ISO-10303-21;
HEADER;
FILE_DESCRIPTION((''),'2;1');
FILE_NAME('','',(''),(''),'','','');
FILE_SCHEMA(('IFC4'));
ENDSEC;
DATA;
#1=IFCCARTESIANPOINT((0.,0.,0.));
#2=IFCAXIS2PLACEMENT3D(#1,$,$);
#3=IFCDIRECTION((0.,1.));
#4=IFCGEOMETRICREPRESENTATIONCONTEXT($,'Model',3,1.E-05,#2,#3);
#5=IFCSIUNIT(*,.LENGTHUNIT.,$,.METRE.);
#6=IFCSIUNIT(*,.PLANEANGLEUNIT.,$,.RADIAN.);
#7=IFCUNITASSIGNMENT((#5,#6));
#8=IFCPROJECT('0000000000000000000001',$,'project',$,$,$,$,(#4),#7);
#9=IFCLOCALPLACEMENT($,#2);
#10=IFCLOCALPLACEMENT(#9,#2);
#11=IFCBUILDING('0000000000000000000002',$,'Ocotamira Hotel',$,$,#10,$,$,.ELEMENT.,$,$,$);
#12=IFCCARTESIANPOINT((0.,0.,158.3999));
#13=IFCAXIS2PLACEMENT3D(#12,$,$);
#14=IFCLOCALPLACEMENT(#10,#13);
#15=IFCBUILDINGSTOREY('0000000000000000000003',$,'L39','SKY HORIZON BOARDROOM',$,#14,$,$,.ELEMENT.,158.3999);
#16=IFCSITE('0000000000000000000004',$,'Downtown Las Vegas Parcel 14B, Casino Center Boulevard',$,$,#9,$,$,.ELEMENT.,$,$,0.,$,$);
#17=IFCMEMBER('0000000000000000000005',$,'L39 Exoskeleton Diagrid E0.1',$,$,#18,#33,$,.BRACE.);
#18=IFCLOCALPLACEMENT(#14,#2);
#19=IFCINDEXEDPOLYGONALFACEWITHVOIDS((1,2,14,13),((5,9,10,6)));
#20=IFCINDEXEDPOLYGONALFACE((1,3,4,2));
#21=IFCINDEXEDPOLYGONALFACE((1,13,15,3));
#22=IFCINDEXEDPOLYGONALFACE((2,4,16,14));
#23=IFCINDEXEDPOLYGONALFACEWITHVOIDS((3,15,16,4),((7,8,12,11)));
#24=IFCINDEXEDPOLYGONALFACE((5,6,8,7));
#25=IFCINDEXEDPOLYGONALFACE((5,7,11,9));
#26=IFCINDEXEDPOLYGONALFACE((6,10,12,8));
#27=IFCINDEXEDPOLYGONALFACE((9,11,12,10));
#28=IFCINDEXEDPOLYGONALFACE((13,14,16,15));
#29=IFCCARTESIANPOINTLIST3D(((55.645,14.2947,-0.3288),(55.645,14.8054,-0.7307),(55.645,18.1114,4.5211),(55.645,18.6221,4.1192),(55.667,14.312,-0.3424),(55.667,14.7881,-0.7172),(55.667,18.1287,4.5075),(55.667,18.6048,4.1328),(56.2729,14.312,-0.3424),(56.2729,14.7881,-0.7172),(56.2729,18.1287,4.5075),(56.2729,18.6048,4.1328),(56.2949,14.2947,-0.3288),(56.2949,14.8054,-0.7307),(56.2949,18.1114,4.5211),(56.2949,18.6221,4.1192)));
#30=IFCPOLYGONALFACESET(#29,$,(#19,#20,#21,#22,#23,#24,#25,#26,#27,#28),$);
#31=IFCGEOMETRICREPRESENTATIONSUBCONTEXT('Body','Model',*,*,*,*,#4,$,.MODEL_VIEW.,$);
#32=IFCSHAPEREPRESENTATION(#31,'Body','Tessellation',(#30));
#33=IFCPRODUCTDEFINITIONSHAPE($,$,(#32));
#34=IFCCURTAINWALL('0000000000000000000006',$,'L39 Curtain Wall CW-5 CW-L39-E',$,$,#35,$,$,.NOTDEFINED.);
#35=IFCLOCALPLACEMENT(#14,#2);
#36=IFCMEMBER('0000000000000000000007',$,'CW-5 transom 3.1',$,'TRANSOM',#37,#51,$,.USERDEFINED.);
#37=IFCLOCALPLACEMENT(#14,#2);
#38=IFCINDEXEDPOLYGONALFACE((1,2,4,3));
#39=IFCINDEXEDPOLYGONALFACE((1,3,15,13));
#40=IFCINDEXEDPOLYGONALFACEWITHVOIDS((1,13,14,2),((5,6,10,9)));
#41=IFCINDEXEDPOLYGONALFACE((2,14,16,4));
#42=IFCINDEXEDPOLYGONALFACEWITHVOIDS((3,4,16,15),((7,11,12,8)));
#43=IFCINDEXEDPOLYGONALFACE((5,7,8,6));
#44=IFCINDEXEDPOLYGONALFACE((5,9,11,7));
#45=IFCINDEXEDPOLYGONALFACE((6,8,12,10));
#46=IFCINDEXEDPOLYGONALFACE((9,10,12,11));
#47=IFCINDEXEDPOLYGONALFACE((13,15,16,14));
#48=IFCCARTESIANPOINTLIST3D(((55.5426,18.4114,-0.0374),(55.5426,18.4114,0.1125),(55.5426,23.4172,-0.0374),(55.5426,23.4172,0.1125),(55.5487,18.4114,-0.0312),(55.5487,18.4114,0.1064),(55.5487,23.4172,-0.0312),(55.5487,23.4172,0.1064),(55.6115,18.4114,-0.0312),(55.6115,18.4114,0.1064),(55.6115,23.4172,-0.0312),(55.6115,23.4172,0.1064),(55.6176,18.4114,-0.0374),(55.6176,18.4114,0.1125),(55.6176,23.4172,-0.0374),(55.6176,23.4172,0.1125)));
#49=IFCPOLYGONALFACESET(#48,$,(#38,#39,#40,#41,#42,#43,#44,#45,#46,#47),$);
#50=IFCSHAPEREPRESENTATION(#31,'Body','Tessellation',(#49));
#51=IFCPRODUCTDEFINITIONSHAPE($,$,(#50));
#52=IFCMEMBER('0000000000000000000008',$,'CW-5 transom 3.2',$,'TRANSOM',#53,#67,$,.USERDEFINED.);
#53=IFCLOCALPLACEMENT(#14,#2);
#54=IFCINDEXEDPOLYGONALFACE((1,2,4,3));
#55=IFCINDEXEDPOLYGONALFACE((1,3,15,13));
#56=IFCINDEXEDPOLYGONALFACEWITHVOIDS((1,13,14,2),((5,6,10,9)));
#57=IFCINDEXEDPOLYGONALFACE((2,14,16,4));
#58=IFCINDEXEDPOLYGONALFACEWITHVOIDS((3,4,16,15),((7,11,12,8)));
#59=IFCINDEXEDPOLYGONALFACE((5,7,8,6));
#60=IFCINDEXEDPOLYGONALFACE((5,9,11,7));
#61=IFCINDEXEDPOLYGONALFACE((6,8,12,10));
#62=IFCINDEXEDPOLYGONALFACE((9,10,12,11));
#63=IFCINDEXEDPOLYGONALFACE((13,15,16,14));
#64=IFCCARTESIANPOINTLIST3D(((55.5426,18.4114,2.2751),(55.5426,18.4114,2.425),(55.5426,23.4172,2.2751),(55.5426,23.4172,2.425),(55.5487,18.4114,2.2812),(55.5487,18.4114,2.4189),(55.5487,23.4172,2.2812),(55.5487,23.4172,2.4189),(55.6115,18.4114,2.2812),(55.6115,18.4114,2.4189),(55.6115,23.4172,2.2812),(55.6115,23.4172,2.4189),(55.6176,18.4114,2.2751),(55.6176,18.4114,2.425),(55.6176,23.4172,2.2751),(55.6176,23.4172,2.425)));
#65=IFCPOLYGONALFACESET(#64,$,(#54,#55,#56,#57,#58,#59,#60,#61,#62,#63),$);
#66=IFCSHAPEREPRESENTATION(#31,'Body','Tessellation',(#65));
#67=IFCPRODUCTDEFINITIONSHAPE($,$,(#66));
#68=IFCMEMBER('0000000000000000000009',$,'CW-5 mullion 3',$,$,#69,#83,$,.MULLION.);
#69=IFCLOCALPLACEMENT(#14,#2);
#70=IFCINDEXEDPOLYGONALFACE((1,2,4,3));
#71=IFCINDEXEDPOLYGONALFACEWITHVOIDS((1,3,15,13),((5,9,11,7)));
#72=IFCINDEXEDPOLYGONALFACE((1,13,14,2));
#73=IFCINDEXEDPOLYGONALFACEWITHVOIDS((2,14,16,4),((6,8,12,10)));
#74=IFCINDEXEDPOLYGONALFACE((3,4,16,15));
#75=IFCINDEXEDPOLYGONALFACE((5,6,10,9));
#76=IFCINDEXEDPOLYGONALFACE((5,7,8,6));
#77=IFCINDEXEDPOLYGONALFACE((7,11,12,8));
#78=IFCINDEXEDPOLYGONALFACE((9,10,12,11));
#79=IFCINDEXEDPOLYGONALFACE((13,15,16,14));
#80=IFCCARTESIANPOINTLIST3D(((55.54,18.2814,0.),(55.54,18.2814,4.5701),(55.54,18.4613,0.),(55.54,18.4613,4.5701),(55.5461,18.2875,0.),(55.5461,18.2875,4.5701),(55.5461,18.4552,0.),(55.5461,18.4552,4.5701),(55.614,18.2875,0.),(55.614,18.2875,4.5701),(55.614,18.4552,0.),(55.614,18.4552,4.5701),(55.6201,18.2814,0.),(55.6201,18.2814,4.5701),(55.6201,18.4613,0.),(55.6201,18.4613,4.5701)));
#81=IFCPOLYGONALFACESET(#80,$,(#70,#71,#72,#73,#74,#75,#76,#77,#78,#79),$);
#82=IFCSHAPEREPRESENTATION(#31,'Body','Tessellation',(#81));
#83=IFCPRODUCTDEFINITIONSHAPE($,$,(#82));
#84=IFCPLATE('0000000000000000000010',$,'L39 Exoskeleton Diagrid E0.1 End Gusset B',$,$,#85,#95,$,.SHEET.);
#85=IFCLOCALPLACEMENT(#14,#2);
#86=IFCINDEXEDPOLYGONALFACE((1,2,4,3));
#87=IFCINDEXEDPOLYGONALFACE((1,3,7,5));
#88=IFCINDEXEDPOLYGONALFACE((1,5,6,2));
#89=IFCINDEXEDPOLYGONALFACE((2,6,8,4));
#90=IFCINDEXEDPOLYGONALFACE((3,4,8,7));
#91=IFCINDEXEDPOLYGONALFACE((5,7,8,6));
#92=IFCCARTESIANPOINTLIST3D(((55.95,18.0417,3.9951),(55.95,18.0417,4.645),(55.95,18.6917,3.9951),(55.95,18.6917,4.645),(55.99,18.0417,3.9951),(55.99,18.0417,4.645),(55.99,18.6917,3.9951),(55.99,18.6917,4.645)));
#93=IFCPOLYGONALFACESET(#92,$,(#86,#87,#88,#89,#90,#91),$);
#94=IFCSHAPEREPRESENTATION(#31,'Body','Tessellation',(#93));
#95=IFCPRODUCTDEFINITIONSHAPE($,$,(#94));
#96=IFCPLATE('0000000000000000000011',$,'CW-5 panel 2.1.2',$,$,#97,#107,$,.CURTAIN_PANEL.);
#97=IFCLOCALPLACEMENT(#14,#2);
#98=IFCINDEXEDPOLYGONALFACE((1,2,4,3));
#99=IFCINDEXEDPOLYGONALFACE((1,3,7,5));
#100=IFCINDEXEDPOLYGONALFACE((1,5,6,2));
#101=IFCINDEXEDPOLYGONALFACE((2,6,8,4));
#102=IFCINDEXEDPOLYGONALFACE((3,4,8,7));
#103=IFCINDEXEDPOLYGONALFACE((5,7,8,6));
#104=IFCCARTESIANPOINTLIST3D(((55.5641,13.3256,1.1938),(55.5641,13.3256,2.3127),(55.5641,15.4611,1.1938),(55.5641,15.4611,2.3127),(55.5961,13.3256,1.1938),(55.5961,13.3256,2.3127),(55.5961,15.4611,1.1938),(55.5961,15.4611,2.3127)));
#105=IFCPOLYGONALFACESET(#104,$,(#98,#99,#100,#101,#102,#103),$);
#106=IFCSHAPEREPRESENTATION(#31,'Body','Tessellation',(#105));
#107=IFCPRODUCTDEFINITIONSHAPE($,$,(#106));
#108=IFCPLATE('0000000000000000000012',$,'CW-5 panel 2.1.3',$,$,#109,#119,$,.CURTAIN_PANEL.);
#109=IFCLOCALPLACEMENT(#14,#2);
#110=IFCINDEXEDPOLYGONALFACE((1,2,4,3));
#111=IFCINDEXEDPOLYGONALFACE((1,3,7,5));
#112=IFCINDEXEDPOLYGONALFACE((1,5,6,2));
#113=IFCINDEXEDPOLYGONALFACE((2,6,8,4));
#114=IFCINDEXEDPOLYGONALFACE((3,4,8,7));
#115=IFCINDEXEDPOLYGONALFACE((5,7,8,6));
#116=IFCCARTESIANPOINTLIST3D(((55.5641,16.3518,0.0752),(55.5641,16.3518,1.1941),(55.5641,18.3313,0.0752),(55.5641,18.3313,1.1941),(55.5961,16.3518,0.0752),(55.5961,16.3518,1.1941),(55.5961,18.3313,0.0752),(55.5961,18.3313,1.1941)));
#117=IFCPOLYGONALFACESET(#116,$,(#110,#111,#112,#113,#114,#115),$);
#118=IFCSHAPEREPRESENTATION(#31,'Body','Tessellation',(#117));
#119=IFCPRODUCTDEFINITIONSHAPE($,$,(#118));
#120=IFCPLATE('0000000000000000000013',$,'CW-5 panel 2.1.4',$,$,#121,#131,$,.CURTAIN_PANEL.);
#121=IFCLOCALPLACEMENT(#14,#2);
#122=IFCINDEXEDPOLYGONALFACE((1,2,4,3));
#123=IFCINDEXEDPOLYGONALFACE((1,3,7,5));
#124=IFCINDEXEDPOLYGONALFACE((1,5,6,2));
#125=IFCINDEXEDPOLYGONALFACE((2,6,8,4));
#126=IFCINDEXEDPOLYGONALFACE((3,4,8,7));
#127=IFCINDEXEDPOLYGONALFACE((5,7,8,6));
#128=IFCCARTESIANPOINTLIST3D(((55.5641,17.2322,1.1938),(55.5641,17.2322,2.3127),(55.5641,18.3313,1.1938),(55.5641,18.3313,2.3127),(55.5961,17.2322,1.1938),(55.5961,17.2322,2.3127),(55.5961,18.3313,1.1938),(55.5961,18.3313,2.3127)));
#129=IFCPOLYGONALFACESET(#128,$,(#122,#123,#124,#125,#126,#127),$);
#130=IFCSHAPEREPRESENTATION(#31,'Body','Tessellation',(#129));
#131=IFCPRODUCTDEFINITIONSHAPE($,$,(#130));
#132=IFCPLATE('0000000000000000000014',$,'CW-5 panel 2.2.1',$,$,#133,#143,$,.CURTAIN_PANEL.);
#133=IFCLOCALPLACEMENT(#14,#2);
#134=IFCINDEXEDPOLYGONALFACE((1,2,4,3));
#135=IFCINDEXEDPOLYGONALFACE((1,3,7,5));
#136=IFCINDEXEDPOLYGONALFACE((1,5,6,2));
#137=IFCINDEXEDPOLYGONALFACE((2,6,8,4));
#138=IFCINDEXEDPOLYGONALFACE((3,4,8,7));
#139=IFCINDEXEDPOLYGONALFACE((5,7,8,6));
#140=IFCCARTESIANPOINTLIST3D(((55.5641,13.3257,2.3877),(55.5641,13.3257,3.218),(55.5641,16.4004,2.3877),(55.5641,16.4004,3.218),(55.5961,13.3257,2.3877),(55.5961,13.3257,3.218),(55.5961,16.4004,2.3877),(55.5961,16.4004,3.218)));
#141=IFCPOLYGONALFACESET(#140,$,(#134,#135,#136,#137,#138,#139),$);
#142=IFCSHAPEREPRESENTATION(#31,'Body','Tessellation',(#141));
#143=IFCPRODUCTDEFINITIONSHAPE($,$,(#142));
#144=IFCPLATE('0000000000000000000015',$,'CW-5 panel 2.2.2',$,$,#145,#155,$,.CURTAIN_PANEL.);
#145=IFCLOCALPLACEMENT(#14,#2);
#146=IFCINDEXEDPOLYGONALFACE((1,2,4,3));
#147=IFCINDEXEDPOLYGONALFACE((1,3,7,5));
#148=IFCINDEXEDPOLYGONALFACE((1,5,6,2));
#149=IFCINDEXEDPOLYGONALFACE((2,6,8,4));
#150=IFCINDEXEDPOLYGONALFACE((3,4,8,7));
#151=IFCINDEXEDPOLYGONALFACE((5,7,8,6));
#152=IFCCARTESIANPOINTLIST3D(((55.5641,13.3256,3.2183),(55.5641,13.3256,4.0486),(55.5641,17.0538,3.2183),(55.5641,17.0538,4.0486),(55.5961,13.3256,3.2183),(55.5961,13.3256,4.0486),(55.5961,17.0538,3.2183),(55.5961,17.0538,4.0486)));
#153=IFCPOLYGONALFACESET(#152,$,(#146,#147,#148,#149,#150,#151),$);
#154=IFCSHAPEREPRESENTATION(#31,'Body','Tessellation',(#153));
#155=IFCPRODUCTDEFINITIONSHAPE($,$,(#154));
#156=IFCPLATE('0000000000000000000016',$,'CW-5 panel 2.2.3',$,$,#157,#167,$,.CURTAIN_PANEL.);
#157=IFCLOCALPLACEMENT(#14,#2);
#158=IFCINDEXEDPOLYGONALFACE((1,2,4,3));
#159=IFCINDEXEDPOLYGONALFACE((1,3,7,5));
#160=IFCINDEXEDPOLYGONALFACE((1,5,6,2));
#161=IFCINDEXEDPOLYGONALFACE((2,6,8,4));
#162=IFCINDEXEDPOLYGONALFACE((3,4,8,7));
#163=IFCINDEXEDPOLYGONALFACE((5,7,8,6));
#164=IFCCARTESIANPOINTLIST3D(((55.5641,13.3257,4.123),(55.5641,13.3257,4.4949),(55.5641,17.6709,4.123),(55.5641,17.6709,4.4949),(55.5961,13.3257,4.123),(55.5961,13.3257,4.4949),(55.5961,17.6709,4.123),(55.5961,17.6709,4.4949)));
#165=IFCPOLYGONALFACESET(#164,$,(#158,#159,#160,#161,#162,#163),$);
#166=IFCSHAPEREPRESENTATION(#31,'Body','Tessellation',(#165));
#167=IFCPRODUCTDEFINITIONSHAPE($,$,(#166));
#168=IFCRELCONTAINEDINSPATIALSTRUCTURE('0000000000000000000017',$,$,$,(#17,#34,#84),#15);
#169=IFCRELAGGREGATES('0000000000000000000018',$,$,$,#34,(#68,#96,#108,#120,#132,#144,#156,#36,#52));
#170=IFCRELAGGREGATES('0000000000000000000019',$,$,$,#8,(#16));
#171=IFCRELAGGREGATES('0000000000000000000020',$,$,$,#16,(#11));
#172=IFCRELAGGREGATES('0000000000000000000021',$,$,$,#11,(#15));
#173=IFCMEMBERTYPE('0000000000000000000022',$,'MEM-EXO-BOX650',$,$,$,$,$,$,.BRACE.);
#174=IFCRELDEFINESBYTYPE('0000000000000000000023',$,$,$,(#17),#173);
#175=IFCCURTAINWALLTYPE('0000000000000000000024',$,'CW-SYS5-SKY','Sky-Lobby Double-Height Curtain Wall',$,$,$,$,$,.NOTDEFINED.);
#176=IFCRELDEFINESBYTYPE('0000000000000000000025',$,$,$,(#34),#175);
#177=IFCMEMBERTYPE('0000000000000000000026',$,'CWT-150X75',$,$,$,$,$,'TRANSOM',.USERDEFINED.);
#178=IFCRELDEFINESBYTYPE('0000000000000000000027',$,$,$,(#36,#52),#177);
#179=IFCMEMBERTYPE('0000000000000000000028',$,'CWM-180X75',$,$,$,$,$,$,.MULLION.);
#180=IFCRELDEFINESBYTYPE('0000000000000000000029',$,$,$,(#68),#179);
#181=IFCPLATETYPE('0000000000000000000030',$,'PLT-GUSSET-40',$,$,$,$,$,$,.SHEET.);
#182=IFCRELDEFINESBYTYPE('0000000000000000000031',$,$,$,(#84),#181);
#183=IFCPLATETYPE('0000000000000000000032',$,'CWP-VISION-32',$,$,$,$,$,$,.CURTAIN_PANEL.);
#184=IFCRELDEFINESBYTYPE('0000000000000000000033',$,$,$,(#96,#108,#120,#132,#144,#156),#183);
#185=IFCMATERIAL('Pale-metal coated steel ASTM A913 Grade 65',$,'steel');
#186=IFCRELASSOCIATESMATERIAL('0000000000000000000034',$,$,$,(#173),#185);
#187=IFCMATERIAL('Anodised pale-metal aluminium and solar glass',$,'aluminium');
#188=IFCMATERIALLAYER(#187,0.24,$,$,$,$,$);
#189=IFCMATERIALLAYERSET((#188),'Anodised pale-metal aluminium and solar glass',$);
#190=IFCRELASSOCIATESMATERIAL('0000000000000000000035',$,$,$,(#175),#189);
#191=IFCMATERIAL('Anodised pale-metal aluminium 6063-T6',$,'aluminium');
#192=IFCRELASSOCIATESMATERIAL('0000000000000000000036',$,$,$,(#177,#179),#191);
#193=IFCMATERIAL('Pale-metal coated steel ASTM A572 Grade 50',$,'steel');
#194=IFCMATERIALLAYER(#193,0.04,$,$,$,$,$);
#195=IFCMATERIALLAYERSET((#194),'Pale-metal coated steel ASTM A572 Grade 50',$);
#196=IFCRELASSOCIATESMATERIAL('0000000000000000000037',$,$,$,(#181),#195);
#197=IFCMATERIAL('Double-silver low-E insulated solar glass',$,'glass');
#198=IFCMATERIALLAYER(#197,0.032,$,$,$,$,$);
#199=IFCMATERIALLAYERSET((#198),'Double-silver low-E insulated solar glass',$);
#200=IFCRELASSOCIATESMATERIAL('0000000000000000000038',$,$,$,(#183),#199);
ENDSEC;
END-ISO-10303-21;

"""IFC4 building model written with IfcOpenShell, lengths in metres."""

from ifc_helpers import new_model, si_unit, direction, frame, origin, origin_2d, place, context, subcontext, project, spatial, rectangle, hollow_rectangle, extrude, source, transform, mapped, material, layer, layer_set, material_profile, profile_set, type_object, element, aggregate, save


model = new_model("IFC4")

# Units and contexts
model_context = context("Model", 3, precision=1e-05, world=origin(), true_north=direction((0.0, 1.0)))
body_context = subcontext(model_context, "Body", "Model", "MODEL_VIEW")
ifc_project = project(units=[si_unit("LENGTHUNIT", "METRE"), si_unit("PLANEANGLEUNIT", "RADIAN")], contexts=[model_context])

# Site, building, storey
site_placement = place(None, origin())
site = spatial("IfcSite", under=ifc_project, at=site_placement, Name="Downtown Las Vegas Parcel 14B, Casino Center Boulevard", CompositionType="ELEMENT", RefElevation=0.0)
building_placement = place(site_placement, origin())
building = spatial("IfcBuilding", under=site, at=building_placement, Name="Ocotamira Hotel", CompositionType="ELEMENT")
storey_placement = place(building_placement, frame((0.0, 0.0, 158.3999)))
storey = spatial("IfcBuildingStorey", under=building, at=storey_placement, Name="L39", Description="SKY HORIZON BOARDROOM", CompositionType="ELEMENT", Elevation=158.3999)

# Member
ifc_material_1 = material(Name="Pale-metal coated steel ASTM A913 Grade 65", Category="steel")
ifc_material_profile_1 = material_profile(ifc_material_1, hollow_rectangle(XDim=0.6499, YDim=0.6499, WallThickness=0.022, at=origin_2d()), Name="BOX650X650X22")
ifc_profile_set_1 = profile_set([ifc_material_profile_1], Name="Pale-metal coated steel ASTM A913 Grade 65")
member_type_1 = type_object("IfcMemberType", Name="MEM-EXO-BOX650", PredefinedType="BRACE", material=ifc_profile_set_1)
shared_shape_1 = source(origin(), body_context, "Body", "SweptSolid", [
    extrude(hollow_rectangle(XDim=0.6499, YDim=0.6499, WallThickness=0.022, at=origin_2d()), origin(), (0.0, 0.0, 1.0), 6.1716),
])
member_1_placement = place(storey_placement, frame((55.97, 14.55, -0.5298), z_axis=(0.0, 0.618428, 0.785842), x_axis=(-1.0, 0.0, 0.0)))
element("IfcMember", 1, at=member_1_placement, inside=storey, type_object=member_type_1, Name="L39 Exoskeleton Diagrid E0.1", PredefinedType="BRACE", context=body_context, shape_type="MappedRepresentation", body=[
    mapped(shared_shape_1, transform((0.0, 0.0, 0.0), scale=1.0)),
])

# Curtain wall, members
ifc_material_2 = material(Name="Anodised pale-metal aluminium and solar glass", Category="aluminium")
ifc_layer_1 = layer(ifc_material_2, 0.24)
ifc_layer_set_1 = layer_set([ifc_layer_1], Name="Anodised pale-metal aluminium and solar glass")
curtain_wall_type = type_object("IfcCurtainWallType", Name="CW-SYS5-SKY", Description="Sky-Lobby Double-Height Curtain Wall", PredefinedType="NOTDEFINED", material=ifc_layer_set_1)
curtain_wall_placement = place(storey_placement, origin())
curtain_wall = element("IfcCurtainWall", 2, at=curtain_wall_placement, inside=storey, type_object=curtain_wall_type, Name="L39 Curtain Wall CW-5 CW-L39-E", PredefinedType="NOTDEFINED")
ifc_material_3 = material(Name="Anodised pale-metal aluminium 6063-T6", Category="aluminium")
ifc_material_profile_2 = material_profile(ifc_material_3, hollow_rectangle(XDim=0.075, YDim=0.1499, WallThickness=0.0061, at=origin_2d()), Name="HSS150X75X6")
ifc_profile_set_2 = profile_set([ifc_material_profile_2], Name="Anodised pale-metal aluminium 6063-T6")
member_type_2 = type_object("IfcMemberType", Name="CWT-150X75", ElementType="TRANSOM", PredefinedType="USERDEFINED", material=ifc_profile_set_2)
shared_shape_2 = source(origin(), body_context, "Body", "SweptSolid", [
    extrude(hollow_rectangle(XDim=0.075, YDim=0.1499, WallThickness=0.0061, at=origin_2d()), origin(), (0.0, 0.0, 1.0), 5.0059),
])
member_2_placement = place(storey_placement, frame((55.5801, 18.4114, 0.0376), z_axis=(0.0, 1.0, 0.0), x_axis=(-1.0, 0.0, 0.0)))
member_2 = element("IfcMember", 3, at=member_2_placement, type_object=member_type_2, Name="CW-5 transom 3.1", ObjectType="TRANSOM", PredefinedType="USERDEFINED", context=body_context, shape_type="MappedRepresentation", body=[
    mapped(shared_shape_2, transform((0.0, 0.0, 0.0), scale=1.0)),
])
member_3_placement = place(storey_placement, frame((55.5801, 18.4114, 2.3501), z_axis=(0.0, 1.0, 0.0), x_axis=(-1.0, 0.0, 0.0)))
member_3 = element("IfcMember", 4, at=member_3_placement, type_object=member_type_2, Name="CW-5 transom 3.2", ObjectType="TRANSOM", PredefinedType="USERDEFINED", context=body_context, shape_type="MappedRepresentation", body=[
    mapped(shared_shape_2, transform((0.0, 0.0, 0.0), scale=1.0)),
])
ifc_material_profile_3 = material_profile(ifc_material_3, hollow_rectangle(XDim=0.0801, YDim=0.1799, WallThickness=0.0061, at=origin_2d()), Name="HSS180X80X6")
ifc_profile_set_3 = profile_set([ifc_material_profile_3], Name="Anodised pale-metal aluminium 6063-T6")
member_type_3 = type_object("IfcMemberType", Name="CWM-180X75", PredefinedType="MULLION", material=ifc_profile_set_3)
shared_shape_3 = source(origin(), body_context, "Body", "SweptSolid", [
    extrude(hollow_rectangle(XDim=0.0801, YDim=0.1799, WallThickness=0.0061, at=origin_2d()), origin(), (0.0, 0.0, 1.0), 4.5701),
])
member_4_placement = place(storey_placement, frame((55.5801, 18.3713, 0.0), z_axis=(0.0, 0.0, 1.0), x_axis=(-1.0, 0.0, 0.0)))
member_4 = element("IfcMember", 5, at=member_4_placement, type_object=member_type_3, Name="CW-5 mullion 3", PredefinedType="MULLION", context=body_context, shape_type="MappedRepresentation", body=[
    mapped(shared_shape_3, transform((0.0, 0.0, 0.0), scale=1.0)),
])

# Plates
ifc_material_4 = material(Name="Pale-metal coated steel ASTM A572 Grade 50", Category="steel")
ifc_layer_2 = layer(ifc_material_4, 0.04)
ifc_layer_set_2 = layer_set([ifc_layer_2], Name="Pale-metal coated steel ASTM A572 Grade 50")
plate_type_1 = type_object("IfcPlateType", Name="PLT-GUSSET-40", PredefinedType="SHEET", material=ifc_layer_set_2)
shared_shape_4 = source(origin(), body_context, "Body", "SweptSolid", [
    extrude(rectangle(XDim=0.04, YDim=0.6499, at=origin_2d()), origin(), (0.0, 0.0, 1.0), 0.6499),
])
plate_1_placement = place(storey_placement, frame((55.97, 18.3667, 3.9951), z_axis=(0.0, 0.0, 1.0), x_axis=(1.0, 0.0, 0.0)))
element("IfcPlate", 6, at=plate_1_placement, inside=storey, type_object=plate_type_1, Name="L39 Exoskeleton Diagrid E0.1 End Gusset B", PredefinedType="SHEET", context=body_context, shape_type="MappedRepresentation", body=[
    mapped(shared_shape_4, transform((0.0, 0.0, 0.0), scale=1.0)),
])
ifc_material_5 = material(Name="Double-silver low-E insulated solar glass", Category="glass")
ifc_layer_3 = layer(ifc_material_5, 0.032)
ifc_layer_set_3 = layer_set([ifc_layer_3], Name="Double-silver low-E insulated solar glass")
plate_type_2 = type_object("IfcPlateType", Name="CWP-VISION-32", PredefinedType="CURTAIN_PANEL", material=ifc_layer_set_3)
shared_shape_5 = source(origin(), body_context, "Body", "SweptSolid", [
    extrude(rectangle(XDim=2.1355, YDim=0.032, at=origin_2d()), origin(), (0.0, 0.0, 1.0), 1.1189),
])
plate_2_placement = place(storey_placement, frame((55.5801, 14.3933, 1.1938), z_axis=(0.0, 0.0, 1.0), x_axis=(0.0, 1.0, 0.0)))
plate_2 = element("IfcPlate", 7, at=plate_2_placement, type_object=plate_type_2, Name="CW-5 panel 2.1.2", PredefinedType="CURTAIN_PANEL", context=body_context, shape_type="MappedRepresentation", body=[
    mapped(shared_shape_5, transform((0.0, 0.0, 0.0), scale=1.0)),
])
shared_shape_6 = source(origin(), body_context, "Body", "SweptSolid", [
    extrude(rectangle(XDim=1.9795, YDim=0.032, at=origin_2d()), origin(), (0.0, 0.0, 1.0), 1.1189),
])
plate_3_placement = place(storey_placement, frame((55.5801, 17.3416, 0.0752), z_axis=(0.0, 0.0, 1.0), x_axis=(0.0, 1.0, 0.0)))
plate_3 = element("IfcPlate", 8, at=plate_3_placement, type_object=plate_type_2, Name="CW-5 panel 2.1.3", PredefinedType="CURTAIN_PANEL", context=body_context, shape_type="MappedRepresentation", body=[
    mapped(shared_shape_6, transform((0.0, 0.0, 0.0), scale=1.0)),
])
shared_shape_7 = source(origin(), body_context, "Body", "SweptSolid", [
    extrude(rectangle(XDim=1.0991, YDim=0.032, at=origin_2d()), origin(), (0.0, 0.0, 1.0), 1.1189),
])
plate_4_placement = place(storey_placement, frame((55.5801, 17.7817, 1.1938), z_axis=(0.0, 0.0, 1.0), x_axis=(0.0, 1.0, 0.0)))
plate_4 = element("IfcPlate", 9, at=plate_4_placement, type_object=plate_type_2, Name="CW-5 panel 2.1.4", PredefinedType="CURTAIN_PANEL", context=body_context, shape_type="MappedRepresentation", body=[
    mapped(shared_shape_7, transform((0.0, 0.0, 0.0), scale=1.0)),
])
shared_shape_8 = source(origin(), body_context, "Body", "SweptSolid", [
    extrude(rectangle(XDim=3.0747, YDim=0.032, at=origin_2d()), origin(), (0.0, 0.0, 1.0), 0.8303),
])
plate_5_placement = place(storey_placement, frame((55.5801, 14.863, 2.3877), z_axis=(0.0, 0.0, 1.0), x_axis=(0.0, 1.0, 0.0)))
plate_5 = element("IfcPlate", 10, at=plate_5_placement, type_object=plate_type_2, Name="CW-5 panel 2.2.1", PredefinedType="CURTAIN_PANEL", context=body_context, shape_type="MappedRepresentation", body=[
    mapped(shared_shape_8, transform((0.0, 0.0, 0.0), scale=1.0)),
])
shared_shape_9 = source(origin(), body_context, "Body", "SweptSolid", [
    extrude(rectangle(XDim=3.7283, YDim=0.032, at=origin_2d()), origin(), (0.0, 0.0, 1.0), 0.8303),
])
plate_6_placement = place(storey_placement, frame((55.5801, 15.1897, 3.2183), z_axis=(0.0, 0.0, 1.0), x_axis=(0.0, 1.0, 0.0)))
plate_6 = element("IfcPlate", 11, at=plate_6_placement, type_object=plate_type_2, Name="CW-5 panel 2.2.2", PredefinedType="CURTAIN_PANEL", context=body_context, shape_type="MappedRepresentation", body=[
    mapped(shared_shape_9, transform((0.0, 0.0, 0.0), scale=1.0)),
])
shared_shape_10 = source(origin(), body_context, "Body", "SweptSolid", [
    extrude(rectangle(XDim=4.3452, YDim=0.032, at=origin_2d()), origin(), (0.0, 0.0, 1.0), 0.3718),
])
plate_7_placement = place(storey_placement, frame((55.5801, 15.4983, 4.123), z_axis=(0.0, 0.0, 1.0), x_axis=(0.0, 1.0, 0.0)))
plate_7 = element("IfcPlate", 12, at=plate_7_placement, type_object=plate_type_2, Name="CW-5 panel 2.2.3", PredefinedType="CURTAIN_PANEL", context=body_context, shape_type="MappedRepresentation", body=[
    mapped(shared_shape_10, transform((0.0, 0.0, 0.0), scale=1.0)),
])
aggregate(curtain_wall, [member_4, plate_2, plate_3, plate_4, plate_5, plate_6, plate_7, member_2, member_3])

save(model, "model.ifc")
